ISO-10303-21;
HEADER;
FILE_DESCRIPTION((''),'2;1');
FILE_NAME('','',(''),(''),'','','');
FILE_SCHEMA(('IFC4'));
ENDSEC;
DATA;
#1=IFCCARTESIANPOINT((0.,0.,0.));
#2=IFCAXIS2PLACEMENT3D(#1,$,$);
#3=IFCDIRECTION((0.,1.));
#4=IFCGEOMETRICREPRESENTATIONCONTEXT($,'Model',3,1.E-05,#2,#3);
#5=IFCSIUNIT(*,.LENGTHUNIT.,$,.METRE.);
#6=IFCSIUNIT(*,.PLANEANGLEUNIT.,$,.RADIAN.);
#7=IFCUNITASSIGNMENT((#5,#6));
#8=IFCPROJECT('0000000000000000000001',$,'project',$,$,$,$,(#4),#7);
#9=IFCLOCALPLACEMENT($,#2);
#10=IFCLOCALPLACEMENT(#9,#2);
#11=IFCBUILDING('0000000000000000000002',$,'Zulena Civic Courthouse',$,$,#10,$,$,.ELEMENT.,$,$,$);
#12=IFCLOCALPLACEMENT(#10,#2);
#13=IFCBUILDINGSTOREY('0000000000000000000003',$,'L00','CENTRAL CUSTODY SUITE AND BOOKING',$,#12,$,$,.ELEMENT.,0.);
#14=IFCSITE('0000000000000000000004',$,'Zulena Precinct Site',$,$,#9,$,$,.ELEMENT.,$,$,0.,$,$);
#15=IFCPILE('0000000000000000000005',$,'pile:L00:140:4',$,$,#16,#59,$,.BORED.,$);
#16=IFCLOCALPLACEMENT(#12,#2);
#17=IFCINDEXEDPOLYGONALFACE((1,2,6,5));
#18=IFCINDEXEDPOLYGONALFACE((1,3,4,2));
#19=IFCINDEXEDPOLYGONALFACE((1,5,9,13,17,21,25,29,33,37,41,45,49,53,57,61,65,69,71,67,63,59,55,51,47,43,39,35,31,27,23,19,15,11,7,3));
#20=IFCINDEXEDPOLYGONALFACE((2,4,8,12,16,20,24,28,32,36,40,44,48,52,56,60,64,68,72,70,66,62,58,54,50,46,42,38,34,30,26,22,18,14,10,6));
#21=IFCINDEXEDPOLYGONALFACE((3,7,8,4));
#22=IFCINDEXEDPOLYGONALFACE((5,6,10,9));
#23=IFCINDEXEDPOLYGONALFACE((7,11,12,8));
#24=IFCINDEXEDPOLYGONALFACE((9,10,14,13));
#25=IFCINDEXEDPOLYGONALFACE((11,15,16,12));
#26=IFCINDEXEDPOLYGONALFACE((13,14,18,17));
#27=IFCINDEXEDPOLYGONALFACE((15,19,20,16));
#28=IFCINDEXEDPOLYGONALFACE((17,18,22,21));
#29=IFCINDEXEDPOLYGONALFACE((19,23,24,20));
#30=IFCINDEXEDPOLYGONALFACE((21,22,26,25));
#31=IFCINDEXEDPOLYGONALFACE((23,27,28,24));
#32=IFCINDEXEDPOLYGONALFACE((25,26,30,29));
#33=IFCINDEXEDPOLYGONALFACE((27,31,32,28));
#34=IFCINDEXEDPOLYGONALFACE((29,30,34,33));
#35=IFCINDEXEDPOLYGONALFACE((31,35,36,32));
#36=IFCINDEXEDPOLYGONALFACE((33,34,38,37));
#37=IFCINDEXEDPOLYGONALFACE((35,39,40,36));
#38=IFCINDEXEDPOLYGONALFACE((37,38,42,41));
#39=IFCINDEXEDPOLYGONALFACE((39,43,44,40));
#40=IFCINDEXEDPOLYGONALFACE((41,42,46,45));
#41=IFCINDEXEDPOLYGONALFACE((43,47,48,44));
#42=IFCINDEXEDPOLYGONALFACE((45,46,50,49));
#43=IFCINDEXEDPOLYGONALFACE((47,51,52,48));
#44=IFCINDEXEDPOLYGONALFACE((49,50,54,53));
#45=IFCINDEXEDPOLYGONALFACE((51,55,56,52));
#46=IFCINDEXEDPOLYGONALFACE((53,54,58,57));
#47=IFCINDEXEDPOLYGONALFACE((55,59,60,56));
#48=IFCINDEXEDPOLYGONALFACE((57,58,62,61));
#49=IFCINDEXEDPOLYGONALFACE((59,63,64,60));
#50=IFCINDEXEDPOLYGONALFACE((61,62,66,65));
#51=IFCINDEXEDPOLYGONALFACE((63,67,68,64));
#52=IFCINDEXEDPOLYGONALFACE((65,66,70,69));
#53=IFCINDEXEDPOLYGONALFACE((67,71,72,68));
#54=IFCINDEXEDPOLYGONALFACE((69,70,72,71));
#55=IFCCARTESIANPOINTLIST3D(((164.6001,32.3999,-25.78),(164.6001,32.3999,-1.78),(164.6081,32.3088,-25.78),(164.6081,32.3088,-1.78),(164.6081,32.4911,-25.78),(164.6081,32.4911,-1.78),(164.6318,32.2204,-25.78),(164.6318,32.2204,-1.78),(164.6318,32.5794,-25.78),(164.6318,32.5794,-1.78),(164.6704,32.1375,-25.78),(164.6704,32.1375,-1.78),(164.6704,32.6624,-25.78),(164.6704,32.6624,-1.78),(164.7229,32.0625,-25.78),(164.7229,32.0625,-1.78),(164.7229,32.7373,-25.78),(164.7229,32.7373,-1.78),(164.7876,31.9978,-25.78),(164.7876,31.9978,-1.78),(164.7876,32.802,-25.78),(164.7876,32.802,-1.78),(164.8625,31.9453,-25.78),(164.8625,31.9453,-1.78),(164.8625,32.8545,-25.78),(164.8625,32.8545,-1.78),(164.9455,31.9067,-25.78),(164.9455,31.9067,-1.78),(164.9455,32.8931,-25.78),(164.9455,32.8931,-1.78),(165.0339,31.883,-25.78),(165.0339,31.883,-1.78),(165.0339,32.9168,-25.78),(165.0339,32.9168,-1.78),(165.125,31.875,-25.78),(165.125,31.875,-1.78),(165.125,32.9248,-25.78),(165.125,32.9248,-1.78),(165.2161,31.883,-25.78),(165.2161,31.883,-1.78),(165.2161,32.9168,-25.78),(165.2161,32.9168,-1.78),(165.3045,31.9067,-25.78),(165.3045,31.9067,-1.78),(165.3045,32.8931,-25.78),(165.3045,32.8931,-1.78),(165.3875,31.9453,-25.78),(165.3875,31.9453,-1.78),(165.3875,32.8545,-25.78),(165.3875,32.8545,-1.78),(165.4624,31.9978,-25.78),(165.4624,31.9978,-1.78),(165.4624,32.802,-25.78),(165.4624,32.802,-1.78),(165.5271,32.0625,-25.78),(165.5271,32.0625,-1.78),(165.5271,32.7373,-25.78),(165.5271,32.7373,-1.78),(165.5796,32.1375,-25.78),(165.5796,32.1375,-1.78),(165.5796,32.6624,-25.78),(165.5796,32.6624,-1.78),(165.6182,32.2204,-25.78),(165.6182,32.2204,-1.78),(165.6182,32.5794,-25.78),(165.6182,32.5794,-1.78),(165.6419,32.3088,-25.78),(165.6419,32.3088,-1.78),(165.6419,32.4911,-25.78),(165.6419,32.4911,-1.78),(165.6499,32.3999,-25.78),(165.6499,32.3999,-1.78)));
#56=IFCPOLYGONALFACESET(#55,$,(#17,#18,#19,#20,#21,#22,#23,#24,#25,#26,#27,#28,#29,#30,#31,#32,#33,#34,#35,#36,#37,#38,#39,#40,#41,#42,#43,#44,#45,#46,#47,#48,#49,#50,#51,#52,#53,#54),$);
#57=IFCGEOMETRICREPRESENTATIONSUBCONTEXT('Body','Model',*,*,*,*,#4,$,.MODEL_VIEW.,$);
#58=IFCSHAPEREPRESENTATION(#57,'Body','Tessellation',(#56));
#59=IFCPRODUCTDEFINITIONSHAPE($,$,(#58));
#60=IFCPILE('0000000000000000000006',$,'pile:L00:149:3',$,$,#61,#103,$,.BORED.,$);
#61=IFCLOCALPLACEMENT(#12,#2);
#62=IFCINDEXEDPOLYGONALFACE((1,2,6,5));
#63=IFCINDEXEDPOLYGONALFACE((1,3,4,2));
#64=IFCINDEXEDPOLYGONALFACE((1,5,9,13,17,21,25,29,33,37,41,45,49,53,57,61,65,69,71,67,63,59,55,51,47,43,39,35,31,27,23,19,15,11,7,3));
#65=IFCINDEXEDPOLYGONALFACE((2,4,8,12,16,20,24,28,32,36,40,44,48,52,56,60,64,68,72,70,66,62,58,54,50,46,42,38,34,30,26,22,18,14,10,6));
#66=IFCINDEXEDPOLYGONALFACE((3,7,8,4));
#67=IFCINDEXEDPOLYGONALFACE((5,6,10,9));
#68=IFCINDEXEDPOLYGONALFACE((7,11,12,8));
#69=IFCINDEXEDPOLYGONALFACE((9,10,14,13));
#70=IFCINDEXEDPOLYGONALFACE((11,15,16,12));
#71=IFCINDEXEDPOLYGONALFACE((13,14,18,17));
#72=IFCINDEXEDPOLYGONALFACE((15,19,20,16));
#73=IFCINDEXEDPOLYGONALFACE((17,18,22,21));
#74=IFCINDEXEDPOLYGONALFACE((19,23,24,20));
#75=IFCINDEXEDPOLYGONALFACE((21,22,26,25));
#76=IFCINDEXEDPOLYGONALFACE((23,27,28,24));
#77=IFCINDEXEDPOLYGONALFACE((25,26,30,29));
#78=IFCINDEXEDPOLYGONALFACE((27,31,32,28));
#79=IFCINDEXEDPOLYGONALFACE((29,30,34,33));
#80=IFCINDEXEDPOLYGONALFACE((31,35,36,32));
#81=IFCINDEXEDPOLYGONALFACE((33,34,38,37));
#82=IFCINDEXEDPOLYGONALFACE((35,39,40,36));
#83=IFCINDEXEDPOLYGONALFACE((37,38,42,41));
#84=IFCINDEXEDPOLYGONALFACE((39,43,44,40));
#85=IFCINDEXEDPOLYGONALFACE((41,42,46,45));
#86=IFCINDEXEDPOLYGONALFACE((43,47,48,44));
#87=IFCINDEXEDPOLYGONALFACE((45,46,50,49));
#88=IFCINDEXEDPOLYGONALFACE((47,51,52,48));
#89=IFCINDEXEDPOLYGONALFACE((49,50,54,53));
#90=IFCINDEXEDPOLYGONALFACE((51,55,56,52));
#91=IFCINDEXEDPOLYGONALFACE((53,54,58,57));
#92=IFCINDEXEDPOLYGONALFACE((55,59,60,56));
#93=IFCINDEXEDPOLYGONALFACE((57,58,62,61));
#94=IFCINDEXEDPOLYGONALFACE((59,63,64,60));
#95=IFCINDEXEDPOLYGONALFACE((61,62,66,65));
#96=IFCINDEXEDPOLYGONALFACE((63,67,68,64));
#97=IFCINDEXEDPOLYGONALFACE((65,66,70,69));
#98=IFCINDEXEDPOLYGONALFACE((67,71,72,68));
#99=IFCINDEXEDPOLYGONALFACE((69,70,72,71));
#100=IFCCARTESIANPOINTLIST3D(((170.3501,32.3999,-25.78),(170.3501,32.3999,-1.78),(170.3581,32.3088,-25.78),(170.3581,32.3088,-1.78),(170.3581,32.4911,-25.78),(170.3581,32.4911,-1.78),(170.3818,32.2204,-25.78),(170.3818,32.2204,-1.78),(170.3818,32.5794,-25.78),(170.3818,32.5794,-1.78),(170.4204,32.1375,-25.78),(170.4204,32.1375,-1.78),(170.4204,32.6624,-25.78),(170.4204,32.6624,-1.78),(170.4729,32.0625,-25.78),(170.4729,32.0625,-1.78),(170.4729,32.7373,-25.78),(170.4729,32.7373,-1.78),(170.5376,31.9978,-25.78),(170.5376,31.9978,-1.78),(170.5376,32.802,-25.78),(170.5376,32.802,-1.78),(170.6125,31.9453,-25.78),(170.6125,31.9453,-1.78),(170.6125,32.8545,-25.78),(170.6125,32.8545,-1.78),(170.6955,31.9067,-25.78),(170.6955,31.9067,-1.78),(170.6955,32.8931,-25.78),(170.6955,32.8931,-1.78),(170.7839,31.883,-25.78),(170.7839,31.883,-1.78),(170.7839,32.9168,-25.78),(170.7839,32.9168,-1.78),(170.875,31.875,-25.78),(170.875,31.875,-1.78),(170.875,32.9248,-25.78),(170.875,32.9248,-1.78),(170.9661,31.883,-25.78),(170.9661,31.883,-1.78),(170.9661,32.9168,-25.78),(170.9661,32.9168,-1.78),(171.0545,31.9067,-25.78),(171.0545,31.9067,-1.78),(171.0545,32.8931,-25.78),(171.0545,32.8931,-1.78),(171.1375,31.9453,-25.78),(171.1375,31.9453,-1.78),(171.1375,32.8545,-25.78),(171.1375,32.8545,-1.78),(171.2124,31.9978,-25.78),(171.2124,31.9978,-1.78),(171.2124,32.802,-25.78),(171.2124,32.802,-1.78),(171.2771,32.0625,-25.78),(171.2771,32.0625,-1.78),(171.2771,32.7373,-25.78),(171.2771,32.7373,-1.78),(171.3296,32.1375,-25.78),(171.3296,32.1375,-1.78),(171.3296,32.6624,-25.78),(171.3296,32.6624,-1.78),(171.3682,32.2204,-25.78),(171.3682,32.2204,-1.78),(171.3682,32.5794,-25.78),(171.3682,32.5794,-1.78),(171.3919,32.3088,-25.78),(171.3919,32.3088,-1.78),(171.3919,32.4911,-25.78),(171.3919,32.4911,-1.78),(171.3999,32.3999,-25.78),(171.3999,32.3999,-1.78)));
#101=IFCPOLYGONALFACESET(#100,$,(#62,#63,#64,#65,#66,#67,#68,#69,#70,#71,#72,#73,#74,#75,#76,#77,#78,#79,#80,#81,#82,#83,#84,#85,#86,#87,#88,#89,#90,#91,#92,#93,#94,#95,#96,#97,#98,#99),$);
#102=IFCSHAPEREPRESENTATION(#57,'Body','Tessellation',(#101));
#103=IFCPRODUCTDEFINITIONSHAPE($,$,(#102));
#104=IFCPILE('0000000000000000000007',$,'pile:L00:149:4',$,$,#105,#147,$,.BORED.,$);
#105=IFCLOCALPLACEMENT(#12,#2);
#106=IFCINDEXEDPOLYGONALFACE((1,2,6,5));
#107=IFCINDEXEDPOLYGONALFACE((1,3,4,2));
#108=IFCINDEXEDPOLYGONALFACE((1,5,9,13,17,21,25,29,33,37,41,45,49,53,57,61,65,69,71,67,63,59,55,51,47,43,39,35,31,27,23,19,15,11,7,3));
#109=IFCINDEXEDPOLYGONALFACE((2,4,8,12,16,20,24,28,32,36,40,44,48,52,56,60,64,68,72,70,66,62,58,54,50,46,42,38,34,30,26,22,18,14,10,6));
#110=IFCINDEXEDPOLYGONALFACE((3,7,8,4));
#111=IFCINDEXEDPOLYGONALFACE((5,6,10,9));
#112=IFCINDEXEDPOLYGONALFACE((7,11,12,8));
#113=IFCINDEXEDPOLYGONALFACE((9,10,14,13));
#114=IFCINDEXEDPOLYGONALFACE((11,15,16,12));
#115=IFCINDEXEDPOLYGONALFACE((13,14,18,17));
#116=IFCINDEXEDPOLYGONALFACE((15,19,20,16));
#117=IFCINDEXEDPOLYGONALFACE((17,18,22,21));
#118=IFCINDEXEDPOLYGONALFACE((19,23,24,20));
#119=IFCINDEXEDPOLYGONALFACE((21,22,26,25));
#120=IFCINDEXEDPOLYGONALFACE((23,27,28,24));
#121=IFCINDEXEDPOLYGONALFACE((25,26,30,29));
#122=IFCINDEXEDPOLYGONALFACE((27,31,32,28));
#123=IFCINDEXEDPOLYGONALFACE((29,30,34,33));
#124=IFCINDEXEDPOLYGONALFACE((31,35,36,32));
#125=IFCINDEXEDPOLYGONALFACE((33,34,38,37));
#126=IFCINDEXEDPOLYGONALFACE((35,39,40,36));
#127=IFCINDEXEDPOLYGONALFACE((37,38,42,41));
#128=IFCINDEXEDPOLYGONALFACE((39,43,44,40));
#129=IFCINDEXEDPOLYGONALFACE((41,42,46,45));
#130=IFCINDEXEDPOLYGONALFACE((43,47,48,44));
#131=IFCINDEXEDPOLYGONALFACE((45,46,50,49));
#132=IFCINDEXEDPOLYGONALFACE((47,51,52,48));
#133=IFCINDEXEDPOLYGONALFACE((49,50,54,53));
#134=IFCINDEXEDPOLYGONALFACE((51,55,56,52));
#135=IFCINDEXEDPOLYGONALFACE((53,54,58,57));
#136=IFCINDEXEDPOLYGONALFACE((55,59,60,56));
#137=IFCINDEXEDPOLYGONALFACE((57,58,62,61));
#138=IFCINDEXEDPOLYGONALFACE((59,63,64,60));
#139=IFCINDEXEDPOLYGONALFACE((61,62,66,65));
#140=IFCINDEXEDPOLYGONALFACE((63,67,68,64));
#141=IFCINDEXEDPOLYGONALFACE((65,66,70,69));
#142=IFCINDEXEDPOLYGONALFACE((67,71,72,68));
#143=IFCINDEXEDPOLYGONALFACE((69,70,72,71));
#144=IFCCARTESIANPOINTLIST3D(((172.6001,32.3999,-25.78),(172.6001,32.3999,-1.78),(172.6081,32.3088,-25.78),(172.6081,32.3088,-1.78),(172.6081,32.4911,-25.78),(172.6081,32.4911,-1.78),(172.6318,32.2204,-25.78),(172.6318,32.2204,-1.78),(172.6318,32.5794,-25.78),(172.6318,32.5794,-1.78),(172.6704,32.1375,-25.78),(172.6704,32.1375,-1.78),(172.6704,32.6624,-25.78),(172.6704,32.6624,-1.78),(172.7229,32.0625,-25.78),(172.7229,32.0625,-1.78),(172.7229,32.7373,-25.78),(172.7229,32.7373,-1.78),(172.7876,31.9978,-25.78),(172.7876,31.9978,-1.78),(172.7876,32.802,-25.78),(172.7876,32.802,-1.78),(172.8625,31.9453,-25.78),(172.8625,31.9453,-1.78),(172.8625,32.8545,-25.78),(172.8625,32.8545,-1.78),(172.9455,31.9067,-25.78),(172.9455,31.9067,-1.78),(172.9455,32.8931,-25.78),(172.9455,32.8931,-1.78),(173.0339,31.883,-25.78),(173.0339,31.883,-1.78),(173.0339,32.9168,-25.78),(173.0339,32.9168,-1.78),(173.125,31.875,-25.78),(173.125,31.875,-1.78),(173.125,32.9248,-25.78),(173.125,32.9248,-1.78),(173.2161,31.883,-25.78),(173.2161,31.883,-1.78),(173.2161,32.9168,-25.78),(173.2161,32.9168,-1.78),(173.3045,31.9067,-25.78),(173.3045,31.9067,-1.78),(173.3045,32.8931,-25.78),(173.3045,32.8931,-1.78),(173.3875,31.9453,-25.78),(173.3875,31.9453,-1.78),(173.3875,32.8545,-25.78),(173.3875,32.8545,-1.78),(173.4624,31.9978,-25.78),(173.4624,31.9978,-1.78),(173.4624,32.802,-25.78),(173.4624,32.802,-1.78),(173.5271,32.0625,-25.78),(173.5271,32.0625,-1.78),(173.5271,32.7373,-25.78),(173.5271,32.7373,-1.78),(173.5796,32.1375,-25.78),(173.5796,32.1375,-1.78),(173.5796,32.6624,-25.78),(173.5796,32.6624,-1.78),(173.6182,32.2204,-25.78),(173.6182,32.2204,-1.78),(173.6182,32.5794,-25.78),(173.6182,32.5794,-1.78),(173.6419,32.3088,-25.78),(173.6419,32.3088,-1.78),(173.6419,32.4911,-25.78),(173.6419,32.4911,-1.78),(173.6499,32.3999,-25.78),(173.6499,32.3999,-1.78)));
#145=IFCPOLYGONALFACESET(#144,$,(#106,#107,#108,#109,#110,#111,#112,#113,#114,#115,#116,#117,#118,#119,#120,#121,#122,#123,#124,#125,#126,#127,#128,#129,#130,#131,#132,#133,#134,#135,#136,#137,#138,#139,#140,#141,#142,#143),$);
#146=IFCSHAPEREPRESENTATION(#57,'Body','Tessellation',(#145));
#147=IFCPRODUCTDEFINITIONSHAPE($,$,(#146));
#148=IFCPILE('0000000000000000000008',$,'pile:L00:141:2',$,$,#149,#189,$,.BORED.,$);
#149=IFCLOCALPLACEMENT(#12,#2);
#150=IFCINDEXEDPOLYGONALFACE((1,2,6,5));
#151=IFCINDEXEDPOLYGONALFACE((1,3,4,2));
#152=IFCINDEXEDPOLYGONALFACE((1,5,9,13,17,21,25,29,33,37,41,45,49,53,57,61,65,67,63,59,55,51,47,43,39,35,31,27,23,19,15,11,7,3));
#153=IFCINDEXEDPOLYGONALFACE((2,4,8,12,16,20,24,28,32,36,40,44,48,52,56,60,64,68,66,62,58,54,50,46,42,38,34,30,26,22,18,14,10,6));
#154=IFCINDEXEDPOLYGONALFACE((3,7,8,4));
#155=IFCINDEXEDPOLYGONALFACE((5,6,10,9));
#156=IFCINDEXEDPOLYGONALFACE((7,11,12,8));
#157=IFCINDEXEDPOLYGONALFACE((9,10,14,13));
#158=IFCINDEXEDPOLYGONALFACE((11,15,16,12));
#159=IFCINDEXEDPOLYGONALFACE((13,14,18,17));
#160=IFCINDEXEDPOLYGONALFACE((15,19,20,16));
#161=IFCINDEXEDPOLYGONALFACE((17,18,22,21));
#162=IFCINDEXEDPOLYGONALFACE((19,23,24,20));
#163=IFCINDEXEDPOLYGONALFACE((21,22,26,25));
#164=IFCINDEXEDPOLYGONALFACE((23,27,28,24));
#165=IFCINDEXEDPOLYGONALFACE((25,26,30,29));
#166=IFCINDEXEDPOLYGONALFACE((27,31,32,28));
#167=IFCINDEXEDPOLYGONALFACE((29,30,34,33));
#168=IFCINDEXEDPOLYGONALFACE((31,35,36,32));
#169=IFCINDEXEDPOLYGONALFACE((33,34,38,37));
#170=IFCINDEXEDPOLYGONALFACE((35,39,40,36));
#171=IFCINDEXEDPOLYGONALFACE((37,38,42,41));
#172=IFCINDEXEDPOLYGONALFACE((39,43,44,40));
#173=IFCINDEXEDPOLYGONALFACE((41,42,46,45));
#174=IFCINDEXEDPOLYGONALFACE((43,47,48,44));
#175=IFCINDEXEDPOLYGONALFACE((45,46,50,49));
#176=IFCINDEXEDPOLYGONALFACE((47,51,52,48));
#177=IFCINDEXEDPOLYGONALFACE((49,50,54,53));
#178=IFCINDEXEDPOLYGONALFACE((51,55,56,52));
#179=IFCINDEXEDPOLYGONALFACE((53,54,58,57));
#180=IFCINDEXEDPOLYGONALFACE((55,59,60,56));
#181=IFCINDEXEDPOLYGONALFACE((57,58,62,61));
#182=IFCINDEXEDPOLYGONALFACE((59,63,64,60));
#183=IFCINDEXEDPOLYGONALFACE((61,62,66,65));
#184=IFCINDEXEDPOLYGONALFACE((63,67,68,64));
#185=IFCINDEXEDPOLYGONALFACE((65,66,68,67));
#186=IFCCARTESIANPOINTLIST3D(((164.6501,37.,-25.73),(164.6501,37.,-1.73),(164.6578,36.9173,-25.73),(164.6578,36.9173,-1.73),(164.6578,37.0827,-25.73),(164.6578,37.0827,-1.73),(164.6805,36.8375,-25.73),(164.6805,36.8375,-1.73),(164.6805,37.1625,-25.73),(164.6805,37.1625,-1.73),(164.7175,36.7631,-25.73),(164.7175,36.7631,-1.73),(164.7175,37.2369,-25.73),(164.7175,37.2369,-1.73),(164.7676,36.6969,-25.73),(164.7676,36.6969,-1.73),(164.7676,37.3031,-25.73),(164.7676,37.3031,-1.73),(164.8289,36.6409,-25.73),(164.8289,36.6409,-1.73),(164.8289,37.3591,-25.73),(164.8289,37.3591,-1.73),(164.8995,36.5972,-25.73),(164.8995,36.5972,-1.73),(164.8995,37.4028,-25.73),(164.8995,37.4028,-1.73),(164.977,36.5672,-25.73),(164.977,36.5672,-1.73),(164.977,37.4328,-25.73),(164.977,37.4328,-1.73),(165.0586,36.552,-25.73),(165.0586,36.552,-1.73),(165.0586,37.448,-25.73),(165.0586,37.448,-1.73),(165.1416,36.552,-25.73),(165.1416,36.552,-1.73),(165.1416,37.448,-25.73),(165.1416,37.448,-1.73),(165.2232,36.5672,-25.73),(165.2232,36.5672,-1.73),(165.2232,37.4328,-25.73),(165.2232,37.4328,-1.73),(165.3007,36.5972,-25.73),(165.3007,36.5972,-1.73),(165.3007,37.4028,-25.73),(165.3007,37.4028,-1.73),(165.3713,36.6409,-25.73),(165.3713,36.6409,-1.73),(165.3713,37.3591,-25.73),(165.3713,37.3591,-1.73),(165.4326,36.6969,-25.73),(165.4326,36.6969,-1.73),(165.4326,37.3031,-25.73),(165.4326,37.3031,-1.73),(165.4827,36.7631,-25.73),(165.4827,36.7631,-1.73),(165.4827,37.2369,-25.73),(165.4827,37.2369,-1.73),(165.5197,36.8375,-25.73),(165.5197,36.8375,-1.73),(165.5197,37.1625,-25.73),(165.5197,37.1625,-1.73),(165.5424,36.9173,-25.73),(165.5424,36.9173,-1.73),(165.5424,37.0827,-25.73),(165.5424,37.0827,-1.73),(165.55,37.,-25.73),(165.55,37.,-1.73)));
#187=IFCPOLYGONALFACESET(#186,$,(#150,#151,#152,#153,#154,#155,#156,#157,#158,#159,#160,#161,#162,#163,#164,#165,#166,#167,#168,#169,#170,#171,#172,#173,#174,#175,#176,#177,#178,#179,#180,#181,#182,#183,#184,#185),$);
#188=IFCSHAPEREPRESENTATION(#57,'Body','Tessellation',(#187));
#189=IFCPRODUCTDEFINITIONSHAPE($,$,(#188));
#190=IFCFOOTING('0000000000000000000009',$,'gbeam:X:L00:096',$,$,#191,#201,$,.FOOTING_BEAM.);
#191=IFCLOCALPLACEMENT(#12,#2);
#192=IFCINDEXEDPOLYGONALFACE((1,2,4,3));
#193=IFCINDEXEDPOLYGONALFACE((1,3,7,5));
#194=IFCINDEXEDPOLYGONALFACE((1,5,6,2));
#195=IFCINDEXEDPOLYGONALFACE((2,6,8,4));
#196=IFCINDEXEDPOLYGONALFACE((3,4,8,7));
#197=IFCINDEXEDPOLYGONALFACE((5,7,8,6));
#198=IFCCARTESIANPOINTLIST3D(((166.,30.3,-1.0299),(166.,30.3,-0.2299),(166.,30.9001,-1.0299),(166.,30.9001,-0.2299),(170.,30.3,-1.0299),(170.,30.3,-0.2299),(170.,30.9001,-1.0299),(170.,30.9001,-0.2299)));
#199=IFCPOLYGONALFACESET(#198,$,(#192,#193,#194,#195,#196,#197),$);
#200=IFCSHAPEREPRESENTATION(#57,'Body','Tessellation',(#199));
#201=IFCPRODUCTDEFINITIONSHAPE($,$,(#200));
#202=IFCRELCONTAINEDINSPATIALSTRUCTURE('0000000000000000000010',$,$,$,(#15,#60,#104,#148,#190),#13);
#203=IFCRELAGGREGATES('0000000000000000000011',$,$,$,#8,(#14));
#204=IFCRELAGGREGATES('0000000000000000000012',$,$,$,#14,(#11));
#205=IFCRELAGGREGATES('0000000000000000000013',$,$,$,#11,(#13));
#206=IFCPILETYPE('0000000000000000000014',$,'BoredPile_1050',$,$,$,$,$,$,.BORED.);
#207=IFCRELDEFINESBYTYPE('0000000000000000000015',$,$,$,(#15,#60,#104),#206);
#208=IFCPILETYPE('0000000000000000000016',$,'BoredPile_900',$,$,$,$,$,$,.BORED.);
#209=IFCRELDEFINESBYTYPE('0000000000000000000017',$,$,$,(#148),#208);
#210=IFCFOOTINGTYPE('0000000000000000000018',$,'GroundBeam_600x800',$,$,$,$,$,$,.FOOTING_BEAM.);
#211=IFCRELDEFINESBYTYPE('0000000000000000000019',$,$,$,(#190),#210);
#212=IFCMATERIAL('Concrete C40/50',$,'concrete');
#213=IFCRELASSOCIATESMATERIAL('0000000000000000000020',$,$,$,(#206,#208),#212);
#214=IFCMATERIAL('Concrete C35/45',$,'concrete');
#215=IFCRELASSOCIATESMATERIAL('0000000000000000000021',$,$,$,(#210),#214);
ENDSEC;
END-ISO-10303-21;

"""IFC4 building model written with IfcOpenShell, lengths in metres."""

from ifc_helpers import new_model, si_unit, direction, frame, origin, origin_2d, place, context, subcontext, project, spatial, rectangle, circle, extrude, material, material_profile, profile_set, type_object, element, save


model = new_model("IFC4")

# Units and contexts
model_context = context("Model", 3, precision=1e-05, world=origin(), true_north=direction((0.0, 1.0)))
body_context = subcontext(model_context, "Body", "Model", "MODEL_VIEW")
ifc_project = project(units=[si_unit("LENGTHUNIT", "METRE"), si_unit("PLANEANGLEUNIT", "RADIAN")], contexts=[model_context])

# Site, building, storey
site_placement = place(None, origin())
site = spatial("IfcSite", under=ifc_project, at=site_placement, Name="Zulena Precinct Site", CompositionType="ELEMENT", RefElevation=0.0)
building_placement = place(site_placement, origin())
building = spatial("IfcBuilding", under=site, at=building_placement, Name="Zulena Civic Courthouse", CompositionType="ELEMENT")
storey_placement = place(building_placement, origin())
storey = spatial("IfcBuildingStorey", under=building, at=storey_placement, Name="L00", Description="CENTRAL CUSTODY SUITE AND BOOKING", CompositionType="ELEMENT", Elevation=0.0)

# Piles
ifc_material_1 = material(Name="Concrete C40/50", Category="concrete")
ifc_material_profile_1 = material_profile(ifc_material_1, circle(Radius=0.5249, at=origin_2d()), Name="PILE1050")
ifc_profile_set_1 = profile_set([ifc_material_profile_1], Name="Concrete C40/50")
pile_type_1 = type_object("IfcPileType", Name="BoredPile_1050", PredefinedType="BORED", material=ifc_profile_set_1)
for number, where, z_axis, x_axis, name in (
    (1, (165.125, 32.3999, -1.78), (0.0, 0.0, -1.0), (1.0, 0.0, 0.0), "pile:L00:140:4"),
    (2, (170.875, 32.3999, -1.78), (0.0, 0.0, -1.0), (1.0, 0.0, 0.0), "pile:L00:149:3"),
    (3, (173.125, 32.3999, -1.78), (0.0, 0.0, -1.0), (1.0, 0.0, 0.0), "pile:L00:149:4"),
):
    element("IfcPile", number, at=place(storey_placement, frame(where, z_axis=z_axis, x_axis=x_axis)), inside=storey, type_object=pile_type_1, Name=name, PredefinedType="BORED", context=body_context, shape_type="SweptSolid", body=[
        extrude(circle(Radius=0.5249, at=origin_2d()), origin(), (0.0, 0.0, 1.0), 24.0),
    ])
ifc_material_profile_2 = material_profile(ifc_material_1, circle(Radius=0.45, at=origin_2d()), Name="PILE900")
ifc_profile_set_2 = profile_set([ifc_material_profile_2], Name="Concrete C40/50")
pile_type_2 = type_object("IfcPileType", Name="BoredPile_900", PredefinedType="BORED", material=ifc_profile_set_2)
pile_placement = place(storey_placement, frame((165.1001, 37.0, -1.73), z_axis=(0.0, 0.0, -1.0), x_axis=(1.0, 0.0, 0.0)))
element("IfcPile", 4, at=pile_placement, inside=storey, type_object=pile_type_2, Name="pile:L00:141:2", PredefinedType="BORED", context=body_context, shape_type="SweptSolid", body=[
    extrude(circle(Radius=0.45, at=origin_2d()), origin(), (0.0, 0.0, 1.0), 24.0),
])

# Footing
ifc_material_2 = material(Name="Concrete C35/45", Category="concrete")
ifc_material_profile_3 = material_profile(ifc_material_2, rectangle(XDim=0.6001, YDim=0.8, at=origin_2d()), Name="RC600X800")
ifc_profile_set_3 = profile_set([ifc_material_profile_3], Name="Concrete C35/45")
footing_type_1 = type_object("IfcFootingType", Name="GroundBeam_600x800", PredefinedType="FOOTING_BEAM", material=ifc_profile_set_3)
footing_1_placement = place(storey_placement, frame((166.0, 30.6001, -0.6299), z_axis=(1.0, 0.0, 0.0), x_axis=(0.0, 1.0, 0.0)))
element("IfcFooting", 5, at=footing_1_placement, inside=storey, type_object=footing_type_1, Name="gbeam:X:L00:096", PredefinedType="FOOTING_BEAM", context=body_context, shape_type="SweptSolid", body=[
    extrude(rectangle(XDim=0.6001, YDim=0.8, at=origin_2d()), origin(), (0.0, 0.0, 1.0), 4.0),
])

save(model, "model.ifc")
